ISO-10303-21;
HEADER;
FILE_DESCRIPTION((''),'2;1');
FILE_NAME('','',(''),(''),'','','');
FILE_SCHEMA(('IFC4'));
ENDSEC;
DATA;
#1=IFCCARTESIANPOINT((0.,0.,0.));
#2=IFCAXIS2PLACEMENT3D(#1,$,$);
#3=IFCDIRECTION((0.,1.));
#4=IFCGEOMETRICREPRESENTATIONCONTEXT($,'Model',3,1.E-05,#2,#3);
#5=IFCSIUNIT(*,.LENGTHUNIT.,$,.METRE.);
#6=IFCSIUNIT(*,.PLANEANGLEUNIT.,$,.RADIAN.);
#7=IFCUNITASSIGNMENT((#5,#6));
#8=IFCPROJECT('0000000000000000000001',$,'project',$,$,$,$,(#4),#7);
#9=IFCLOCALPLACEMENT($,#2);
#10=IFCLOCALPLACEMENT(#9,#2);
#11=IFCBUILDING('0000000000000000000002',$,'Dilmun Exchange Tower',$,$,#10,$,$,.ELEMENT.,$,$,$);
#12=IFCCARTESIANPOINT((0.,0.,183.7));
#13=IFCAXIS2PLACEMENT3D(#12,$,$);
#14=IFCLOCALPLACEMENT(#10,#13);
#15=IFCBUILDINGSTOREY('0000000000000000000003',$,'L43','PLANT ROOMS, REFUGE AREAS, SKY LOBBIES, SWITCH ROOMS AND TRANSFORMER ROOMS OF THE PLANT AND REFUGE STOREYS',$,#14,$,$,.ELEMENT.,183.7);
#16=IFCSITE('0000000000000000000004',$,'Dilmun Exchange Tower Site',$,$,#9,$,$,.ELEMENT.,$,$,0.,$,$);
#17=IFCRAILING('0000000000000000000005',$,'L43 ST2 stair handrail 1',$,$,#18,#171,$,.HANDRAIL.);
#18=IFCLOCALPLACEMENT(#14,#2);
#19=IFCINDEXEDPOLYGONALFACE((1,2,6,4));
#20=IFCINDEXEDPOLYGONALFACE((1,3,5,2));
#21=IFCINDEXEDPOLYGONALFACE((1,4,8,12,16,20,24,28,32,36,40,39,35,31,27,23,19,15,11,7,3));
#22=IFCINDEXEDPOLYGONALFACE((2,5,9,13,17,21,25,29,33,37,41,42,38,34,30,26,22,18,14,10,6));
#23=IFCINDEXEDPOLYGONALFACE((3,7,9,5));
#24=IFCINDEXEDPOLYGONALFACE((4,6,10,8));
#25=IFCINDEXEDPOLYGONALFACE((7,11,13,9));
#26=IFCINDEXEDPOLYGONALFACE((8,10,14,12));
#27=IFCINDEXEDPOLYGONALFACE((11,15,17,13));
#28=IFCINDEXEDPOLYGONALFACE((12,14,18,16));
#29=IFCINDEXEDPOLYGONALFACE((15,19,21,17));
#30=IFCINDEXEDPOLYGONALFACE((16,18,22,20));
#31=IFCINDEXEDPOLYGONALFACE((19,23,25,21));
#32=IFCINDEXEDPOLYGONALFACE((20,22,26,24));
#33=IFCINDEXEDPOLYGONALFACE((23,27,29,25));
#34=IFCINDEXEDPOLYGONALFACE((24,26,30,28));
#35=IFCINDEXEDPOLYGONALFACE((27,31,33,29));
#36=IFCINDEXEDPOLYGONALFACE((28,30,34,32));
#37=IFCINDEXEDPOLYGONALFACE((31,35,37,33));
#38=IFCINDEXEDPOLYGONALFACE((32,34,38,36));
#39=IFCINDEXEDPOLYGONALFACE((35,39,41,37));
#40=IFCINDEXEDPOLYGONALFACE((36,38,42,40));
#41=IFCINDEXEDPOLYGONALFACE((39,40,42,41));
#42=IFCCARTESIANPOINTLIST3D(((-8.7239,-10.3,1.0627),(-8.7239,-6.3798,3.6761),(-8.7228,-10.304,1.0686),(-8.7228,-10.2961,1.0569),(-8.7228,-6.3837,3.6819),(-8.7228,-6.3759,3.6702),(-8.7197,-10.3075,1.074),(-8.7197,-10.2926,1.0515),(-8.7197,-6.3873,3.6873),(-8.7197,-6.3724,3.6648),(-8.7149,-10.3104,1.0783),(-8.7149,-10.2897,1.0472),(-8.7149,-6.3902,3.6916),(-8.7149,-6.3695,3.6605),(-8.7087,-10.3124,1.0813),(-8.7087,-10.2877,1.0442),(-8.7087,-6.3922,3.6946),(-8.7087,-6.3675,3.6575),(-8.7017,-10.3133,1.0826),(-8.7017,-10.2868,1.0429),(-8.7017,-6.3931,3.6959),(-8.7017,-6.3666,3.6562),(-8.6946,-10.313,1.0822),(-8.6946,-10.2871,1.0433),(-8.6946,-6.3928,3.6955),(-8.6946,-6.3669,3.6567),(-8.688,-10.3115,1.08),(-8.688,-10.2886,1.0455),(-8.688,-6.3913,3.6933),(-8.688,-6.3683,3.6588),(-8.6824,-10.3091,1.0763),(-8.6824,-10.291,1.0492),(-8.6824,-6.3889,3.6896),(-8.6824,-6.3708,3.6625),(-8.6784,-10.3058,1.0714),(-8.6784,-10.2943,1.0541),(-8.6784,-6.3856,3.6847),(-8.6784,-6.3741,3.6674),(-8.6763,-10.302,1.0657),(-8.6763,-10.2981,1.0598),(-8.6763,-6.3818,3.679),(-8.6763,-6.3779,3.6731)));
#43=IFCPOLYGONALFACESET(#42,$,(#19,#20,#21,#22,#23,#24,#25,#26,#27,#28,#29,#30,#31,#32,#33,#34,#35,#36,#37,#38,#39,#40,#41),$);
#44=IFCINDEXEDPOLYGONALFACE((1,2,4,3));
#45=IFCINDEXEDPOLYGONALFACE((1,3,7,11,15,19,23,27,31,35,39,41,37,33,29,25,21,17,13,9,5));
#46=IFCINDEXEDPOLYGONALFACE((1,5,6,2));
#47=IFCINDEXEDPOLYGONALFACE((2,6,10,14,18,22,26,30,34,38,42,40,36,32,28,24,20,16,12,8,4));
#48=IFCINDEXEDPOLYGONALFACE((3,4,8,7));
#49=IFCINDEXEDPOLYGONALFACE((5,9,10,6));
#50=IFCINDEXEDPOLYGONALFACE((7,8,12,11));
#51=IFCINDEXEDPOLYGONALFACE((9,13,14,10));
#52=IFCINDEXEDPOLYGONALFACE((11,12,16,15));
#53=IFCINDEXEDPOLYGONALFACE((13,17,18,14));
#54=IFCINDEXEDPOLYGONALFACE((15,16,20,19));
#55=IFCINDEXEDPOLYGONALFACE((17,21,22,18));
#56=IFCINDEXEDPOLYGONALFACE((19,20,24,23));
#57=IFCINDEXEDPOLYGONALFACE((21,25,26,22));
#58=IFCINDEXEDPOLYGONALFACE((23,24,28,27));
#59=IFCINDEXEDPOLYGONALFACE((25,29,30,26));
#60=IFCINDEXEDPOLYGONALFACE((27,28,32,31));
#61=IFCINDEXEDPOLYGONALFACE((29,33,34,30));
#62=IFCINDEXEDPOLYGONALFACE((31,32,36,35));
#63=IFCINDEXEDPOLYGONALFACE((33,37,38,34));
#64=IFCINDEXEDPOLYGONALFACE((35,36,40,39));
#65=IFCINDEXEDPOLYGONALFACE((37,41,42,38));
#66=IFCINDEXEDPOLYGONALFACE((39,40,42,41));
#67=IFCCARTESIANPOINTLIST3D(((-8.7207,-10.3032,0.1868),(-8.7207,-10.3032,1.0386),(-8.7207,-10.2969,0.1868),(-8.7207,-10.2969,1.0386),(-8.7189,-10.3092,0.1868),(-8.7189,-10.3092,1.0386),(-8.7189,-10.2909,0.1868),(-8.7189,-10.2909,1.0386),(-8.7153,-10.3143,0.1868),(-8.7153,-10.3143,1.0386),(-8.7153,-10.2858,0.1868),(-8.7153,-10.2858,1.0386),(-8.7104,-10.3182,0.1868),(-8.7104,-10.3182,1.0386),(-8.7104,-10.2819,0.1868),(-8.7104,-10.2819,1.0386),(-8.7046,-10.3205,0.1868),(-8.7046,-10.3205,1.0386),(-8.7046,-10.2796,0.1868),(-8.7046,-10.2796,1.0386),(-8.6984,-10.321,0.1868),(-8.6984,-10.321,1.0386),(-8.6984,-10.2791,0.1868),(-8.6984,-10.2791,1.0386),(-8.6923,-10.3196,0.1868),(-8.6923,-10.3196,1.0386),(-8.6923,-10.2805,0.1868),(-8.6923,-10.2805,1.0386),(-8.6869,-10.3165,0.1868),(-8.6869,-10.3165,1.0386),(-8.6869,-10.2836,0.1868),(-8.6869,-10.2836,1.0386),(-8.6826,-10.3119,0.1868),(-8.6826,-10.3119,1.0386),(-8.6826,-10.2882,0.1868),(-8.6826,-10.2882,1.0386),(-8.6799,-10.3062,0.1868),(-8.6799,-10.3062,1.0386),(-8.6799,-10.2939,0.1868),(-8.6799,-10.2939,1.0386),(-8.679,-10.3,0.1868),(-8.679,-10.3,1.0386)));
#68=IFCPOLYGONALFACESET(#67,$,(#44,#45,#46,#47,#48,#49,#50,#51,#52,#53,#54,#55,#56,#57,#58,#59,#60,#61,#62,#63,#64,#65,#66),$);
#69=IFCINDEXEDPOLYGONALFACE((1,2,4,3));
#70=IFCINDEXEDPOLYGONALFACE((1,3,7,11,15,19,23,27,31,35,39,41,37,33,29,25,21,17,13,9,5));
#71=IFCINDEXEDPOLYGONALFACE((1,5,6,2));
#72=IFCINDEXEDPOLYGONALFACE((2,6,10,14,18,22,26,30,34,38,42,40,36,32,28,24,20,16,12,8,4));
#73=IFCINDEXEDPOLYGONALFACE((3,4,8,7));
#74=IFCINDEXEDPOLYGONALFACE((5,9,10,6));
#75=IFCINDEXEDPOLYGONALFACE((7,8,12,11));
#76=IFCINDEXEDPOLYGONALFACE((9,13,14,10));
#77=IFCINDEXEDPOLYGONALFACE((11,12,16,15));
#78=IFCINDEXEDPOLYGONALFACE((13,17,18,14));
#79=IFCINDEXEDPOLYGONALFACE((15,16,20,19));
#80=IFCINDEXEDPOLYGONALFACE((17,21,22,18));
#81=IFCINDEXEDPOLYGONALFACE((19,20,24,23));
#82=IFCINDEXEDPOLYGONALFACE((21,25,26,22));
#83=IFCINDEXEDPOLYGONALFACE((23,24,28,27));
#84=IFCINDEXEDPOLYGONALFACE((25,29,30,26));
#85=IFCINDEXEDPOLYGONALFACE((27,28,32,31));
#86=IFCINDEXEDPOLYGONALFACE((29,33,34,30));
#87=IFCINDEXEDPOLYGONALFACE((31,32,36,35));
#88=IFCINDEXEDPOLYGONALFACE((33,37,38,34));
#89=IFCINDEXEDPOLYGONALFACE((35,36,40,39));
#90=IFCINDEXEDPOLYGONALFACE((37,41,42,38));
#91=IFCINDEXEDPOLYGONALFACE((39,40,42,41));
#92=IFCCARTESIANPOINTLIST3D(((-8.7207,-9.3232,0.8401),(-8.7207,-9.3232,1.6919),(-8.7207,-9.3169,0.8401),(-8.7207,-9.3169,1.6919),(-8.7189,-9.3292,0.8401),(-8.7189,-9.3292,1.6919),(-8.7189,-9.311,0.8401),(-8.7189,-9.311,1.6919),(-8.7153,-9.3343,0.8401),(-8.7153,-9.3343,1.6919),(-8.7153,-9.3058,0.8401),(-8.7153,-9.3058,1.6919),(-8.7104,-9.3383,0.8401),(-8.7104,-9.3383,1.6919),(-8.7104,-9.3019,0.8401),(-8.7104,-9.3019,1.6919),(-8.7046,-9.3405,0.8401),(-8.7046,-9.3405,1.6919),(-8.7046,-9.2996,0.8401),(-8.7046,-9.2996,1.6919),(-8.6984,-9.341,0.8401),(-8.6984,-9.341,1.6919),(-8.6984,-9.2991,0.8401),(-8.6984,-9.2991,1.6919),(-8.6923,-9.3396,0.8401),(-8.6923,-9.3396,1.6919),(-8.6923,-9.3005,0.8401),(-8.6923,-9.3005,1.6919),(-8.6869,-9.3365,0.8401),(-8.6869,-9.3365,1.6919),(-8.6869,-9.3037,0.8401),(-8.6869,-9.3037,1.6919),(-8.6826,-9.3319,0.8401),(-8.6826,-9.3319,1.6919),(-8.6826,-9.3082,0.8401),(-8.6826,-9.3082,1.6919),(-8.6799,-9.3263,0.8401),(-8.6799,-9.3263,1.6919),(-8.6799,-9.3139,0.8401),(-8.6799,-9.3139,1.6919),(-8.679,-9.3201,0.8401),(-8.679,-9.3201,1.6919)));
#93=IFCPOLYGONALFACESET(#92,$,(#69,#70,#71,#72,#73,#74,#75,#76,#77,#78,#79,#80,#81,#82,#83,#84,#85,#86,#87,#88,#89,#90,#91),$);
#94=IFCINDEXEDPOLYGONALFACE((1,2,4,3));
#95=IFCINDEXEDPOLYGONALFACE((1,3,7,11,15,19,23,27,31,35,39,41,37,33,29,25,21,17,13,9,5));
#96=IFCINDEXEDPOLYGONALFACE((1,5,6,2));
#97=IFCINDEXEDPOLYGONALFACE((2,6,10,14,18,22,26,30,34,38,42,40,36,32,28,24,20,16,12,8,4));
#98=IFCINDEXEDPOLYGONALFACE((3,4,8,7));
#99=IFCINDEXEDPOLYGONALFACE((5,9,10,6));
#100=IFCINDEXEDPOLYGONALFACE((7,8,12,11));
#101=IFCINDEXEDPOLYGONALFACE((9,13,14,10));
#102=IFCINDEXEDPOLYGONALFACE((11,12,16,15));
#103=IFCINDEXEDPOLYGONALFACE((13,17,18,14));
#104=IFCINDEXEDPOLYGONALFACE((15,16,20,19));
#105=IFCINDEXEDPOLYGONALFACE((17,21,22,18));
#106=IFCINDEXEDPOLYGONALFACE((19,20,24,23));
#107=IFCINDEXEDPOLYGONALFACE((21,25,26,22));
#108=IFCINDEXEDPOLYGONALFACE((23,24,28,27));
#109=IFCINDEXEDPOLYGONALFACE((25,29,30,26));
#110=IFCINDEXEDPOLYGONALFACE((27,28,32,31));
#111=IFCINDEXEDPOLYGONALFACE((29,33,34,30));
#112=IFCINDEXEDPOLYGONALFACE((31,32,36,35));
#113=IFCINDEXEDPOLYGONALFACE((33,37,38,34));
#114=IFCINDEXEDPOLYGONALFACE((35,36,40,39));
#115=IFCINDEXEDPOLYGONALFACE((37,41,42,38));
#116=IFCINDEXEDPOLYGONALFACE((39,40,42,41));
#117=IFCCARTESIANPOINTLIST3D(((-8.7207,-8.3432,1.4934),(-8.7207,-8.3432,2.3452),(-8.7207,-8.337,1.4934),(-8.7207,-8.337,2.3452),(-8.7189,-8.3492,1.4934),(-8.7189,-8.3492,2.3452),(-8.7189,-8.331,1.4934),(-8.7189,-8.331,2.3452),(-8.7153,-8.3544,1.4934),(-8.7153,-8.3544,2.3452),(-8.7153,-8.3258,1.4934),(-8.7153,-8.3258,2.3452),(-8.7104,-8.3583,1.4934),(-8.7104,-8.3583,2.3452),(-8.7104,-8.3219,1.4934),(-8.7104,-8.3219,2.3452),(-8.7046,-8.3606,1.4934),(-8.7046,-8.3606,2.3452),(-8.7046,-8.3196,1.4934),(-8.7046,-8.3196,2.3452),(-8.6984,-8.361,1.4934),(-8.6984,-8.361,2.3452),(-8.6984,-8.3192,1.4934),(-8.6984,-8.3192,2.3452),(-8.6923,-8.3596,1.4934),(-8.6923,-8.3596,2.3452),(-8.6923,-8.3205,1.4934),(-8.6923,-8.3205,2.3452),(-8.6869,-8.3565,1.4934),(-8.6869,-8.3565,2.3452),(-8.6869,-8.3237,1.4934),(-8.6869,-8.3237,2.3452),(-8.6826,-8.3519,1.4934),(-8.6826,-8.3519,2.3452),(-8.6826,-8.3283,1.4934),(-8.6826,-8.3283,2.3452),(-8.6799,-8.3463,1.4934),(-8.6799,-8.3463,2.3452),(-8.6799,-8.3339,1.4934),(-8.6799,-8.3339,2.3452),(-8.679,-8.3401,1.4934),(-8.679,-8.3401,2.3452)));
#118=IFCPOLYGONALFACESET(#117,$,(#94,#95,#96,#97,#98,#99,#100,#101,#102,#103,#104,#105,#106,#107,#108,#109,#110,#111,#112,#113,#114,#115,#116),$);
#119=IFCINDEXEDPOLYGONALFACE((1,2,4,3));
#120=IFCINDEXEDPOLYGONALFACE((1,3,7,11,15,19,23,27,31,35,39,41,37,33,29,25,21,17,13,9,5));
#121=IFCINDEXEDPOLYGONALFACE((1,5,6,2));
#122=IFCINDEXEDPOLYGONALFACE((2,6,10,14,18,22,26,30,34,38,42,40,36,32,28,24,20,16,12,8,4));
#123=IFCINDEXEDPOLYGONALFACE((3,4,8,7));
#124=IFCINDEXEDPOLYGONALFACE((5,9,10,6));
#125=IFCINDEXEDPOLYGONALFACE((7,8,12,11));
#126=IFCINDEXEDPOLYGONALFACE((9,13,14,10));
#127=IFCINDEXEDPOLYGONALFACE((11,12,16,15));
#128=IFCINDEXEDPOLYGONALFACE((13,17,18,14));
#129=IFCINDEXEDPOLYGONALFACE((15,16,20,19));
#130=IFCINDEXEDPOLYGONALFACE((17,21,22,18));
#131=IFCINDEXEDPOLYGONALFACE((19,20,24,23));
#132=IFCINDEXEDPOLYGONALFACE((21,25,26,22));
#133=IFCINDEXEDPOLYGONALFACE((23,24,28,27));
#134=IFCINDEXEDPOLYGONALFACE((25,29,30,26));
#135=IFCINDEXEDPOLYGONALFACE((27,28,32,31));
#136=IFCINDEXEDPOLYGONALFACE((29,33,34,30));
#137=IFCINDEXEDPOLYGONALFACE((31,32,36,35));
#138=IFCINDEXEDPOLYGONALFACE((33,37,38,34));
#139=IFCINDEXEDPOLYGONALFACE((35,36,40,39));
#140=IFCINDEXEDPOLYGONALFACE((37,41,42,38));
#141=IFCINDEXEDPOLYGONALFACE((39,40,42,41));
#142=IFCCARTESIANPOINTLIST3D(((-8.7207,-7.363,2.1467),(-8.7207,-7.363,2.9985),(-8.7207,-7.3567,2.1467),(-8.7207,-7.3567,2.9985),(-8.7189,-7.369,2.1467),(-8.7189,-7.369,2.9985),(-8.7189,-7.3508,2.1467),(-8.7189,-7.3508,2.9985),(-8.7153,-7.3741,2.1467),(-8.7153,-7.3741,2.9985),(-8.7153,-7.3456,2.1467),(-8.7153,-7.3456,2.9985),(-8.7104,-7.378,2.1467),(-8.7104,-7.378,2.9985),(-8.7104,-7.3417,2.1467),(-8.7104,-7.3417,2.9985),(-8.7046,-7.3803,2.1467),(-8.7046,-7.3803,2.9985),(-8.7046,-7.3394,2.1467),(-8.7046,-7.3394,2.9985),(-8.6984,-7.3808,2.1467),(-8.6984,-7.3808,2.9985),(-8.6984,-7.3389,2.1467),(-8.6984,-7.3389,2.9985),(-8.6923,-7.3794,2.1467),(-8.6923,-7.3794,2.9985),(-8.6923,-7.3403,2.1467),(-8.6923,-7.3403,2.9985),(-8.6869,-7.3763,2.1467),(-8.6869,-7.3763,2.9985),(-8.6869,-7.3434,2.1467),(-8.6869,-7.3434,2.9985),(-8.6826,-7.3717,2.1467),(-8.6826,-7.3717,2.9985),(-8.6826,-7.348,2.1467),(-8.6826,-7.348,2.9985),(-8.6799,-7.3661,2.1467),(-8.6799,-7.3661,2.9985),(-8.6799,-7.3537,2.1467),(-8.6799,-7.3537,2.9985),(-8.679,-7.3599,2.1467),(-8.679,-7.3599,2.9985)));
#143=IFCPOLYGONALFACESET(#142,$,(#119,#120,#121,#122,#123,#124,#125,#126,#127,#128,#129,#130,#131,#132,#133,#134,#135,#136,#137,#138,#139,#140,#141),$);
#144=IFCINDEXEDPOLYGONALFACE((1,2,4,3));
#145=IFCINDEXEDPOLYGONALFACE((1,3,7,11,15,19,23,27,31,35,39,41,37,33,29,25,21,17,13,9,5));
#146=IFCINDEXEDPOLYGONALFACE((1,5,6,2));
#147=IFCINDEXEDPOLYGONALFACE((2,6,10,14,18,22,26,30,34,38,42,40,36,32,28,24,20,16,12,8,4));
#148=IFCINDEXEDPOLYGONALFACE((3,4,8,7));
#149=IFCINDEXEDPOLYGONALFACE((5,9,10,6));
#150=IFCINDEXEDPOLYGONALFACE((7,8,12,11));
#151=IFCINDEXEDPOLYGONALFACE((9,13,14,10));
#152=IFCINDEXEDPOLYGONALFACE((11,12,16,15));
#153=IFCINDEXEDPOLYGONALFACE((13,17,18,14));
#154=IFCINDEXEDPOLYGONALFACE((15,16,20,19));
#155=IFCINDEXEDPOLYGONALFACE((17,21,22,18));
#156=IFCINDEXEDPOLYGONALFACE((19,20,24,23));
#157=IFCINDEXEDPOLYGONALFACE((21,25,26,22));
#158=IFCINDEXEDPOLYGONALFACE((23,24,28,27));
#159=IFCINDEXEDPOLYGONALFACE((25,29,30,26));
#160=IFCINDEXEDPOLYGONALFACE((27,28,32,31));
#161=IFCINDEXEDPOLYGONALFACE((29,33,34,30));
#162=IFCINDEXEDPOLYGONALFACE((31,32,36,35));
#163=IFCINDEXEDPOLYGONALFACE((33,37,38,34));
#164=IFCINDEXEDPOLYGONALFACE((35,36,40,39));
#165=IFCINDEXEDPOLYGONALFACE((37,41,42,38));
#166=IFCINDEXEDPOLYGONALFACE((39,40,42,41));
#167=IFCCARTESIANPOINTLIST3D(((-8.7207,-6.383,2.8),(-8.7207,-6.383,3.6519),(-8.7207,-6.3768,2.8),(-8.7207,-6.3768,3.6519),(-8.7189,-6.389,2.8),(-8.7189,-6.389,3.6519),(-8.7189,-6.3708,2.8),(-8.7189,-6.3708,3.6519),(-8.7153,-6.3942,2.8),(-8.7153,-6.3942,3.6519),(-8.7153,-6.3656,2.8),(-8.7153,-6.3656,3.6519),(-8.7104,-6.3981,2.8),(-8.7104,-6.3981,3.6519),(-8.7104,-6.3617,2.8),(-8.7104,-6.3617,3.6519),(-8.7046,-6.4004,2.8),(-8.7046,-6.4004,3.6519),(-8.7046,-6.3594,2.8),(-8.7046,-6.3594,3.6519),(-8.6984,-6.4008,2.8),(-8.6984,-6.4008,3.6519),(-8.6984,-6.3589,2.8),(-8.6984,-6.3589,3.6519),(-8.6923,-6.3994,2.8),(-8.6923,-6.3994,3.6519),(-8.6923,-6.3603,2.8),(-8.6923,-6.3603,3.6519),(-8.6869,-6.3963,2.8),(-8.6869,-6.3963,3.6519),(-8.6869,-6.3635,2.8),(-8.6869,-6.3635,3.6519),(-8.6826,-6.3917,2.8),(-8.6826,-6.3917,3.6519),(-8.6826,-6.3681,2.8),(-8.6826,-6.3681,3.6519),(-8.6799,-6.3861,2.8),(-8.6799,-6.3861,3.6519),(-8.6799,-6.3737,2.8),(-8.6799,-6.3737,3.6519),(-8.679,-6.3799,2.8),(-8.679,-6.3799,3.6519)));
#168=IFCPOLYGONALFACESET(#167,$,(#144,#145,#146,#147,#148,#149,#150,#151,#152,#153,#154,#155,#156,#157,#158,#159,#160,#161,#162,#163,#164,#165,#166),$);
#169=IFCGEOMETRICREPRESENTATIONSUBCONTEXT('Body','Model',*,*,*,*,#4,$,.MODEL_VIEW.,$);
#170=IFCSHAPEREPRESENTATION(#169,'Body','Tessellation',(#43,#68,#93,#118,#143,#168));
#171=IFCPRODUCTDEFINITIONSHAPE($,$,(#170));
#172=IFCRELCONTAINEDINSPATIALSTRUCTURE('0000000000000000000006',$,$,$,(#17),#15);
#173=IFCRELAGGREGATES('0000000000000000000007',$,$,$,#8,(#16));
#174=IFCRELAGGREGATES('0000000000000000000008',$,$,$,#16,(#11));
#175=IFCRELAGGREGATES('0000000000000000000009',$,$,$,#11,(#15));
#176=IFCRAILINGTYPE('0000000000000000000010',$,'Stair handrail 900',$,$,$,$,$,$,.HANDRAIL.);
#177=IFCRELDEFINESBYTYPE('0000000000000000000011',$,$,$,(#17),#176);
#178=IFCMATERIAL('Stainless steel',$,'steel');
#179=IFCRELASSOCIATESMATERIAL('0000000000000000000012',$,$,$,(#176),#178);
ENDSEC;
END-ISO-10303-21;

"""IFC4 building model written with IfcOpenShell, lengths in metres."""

from ifc_helpers import new_model, si_unit, direction, frame, origin, origin_2d, place, context, subcontext, project, spatial, circle, extrude, material, type_object, element, save


model = new_model("IFC4")

# Units and contexts
model_context = context("Model", 3, precision=1e-05, world=origin(), true_north=direction((0.0, 1.0)))
body_context = subcontext(model_context, "Body", "Model", "MODEL_VIEW")
ifc_project = project(units=[si_unit("LENGTHUNIT", "METRE"), si_unit("PLANEANGLEUNIT", "RADIAN")], contexts=[model_context])

# Site, building, storey
site_placement = place(None, origin())
site = spatial("IfcSite", under=ifc_project, at=site_placement, Name="Dilmun Exchange Tower Site", CompositionType="ELEMENT", RefElevation=0.0)
building_placement = place(site_placement, origin())
building = spatial("IfcBuilding", under=site, at=building_placement, Name="Dilmun Exchange Tower", CompositionType="ELEMENT")
storey_placement = place(building_placement, frame((0.0, 0.0, 183.7)))
storey = spatial("IfcBuildingStorey", under=building, at=storey_placement, Name="L43", Description="PLANT ROOMS, REFUGE AREAS, SKY LOBBIES, SWITCH ROOMS AND TRANSFORMER ROOMS OF THE PLANT AND REFUGE STOREYS", CompositionType="ELEMENT", Elevation=183.7)

# Railing
ifc_material_1 = material(Name="Stainless steel", Category="steel")
railing_type = type_object("IfcRailingType", Name="Stair handrail 900", PredefinedType="HANDRAIL", material=ifc_material_1)
railing_placement = place(storey_placement, frame((-8.7, -10.3, 0.1868)))
element("IfcRailing", 1, at=railing_placement, inside=storey, type_object=railing_type, Name="L43 ST2 stair handrail 1", PredefinedType="HANDRAIL", context=body_context, shape_type="SweptSolid", body=[
    extrude(circle(Radius=0.0239, at=origin_2d()), frame((0.0, 0.0, 0.876), z_axis=(0.0, 0.832066, 0.554676), x_axis=(-1.0, 0.0, 0.0)), (0.0, 0.0, 1.0), 4.7114),
    extrude(circle(Radius=0.021, at=origin_2d()), origin(), (0.0, 0.0, 1.0), 0.8518),
    extrude(circle(Radius=0.021, at=origin_2d()), frame((0.0, 0.98, 0.6533)), (0.0, 0.0, 1.0), 0.8518),
    extrude(circle(Radius=0.021, at=origin_2d()), frame((0.0, 1.96, 1.3066)), (0.0, 0.0, 1.0), 0.8518),
    extrude(circle(Radius=0.021, at=origin_2d()), frame((0.0, 2.9402, 1.96)), (0.0, 0.0, 1.0), 0.8518),
    extrude(circle(Radius=0.021, at=origin_2d()), frame((0.0, 3.9202, 2.6133)), (0.0, 0.0, 1.0), 0.8518),
])

save(model, "model.ifc")
